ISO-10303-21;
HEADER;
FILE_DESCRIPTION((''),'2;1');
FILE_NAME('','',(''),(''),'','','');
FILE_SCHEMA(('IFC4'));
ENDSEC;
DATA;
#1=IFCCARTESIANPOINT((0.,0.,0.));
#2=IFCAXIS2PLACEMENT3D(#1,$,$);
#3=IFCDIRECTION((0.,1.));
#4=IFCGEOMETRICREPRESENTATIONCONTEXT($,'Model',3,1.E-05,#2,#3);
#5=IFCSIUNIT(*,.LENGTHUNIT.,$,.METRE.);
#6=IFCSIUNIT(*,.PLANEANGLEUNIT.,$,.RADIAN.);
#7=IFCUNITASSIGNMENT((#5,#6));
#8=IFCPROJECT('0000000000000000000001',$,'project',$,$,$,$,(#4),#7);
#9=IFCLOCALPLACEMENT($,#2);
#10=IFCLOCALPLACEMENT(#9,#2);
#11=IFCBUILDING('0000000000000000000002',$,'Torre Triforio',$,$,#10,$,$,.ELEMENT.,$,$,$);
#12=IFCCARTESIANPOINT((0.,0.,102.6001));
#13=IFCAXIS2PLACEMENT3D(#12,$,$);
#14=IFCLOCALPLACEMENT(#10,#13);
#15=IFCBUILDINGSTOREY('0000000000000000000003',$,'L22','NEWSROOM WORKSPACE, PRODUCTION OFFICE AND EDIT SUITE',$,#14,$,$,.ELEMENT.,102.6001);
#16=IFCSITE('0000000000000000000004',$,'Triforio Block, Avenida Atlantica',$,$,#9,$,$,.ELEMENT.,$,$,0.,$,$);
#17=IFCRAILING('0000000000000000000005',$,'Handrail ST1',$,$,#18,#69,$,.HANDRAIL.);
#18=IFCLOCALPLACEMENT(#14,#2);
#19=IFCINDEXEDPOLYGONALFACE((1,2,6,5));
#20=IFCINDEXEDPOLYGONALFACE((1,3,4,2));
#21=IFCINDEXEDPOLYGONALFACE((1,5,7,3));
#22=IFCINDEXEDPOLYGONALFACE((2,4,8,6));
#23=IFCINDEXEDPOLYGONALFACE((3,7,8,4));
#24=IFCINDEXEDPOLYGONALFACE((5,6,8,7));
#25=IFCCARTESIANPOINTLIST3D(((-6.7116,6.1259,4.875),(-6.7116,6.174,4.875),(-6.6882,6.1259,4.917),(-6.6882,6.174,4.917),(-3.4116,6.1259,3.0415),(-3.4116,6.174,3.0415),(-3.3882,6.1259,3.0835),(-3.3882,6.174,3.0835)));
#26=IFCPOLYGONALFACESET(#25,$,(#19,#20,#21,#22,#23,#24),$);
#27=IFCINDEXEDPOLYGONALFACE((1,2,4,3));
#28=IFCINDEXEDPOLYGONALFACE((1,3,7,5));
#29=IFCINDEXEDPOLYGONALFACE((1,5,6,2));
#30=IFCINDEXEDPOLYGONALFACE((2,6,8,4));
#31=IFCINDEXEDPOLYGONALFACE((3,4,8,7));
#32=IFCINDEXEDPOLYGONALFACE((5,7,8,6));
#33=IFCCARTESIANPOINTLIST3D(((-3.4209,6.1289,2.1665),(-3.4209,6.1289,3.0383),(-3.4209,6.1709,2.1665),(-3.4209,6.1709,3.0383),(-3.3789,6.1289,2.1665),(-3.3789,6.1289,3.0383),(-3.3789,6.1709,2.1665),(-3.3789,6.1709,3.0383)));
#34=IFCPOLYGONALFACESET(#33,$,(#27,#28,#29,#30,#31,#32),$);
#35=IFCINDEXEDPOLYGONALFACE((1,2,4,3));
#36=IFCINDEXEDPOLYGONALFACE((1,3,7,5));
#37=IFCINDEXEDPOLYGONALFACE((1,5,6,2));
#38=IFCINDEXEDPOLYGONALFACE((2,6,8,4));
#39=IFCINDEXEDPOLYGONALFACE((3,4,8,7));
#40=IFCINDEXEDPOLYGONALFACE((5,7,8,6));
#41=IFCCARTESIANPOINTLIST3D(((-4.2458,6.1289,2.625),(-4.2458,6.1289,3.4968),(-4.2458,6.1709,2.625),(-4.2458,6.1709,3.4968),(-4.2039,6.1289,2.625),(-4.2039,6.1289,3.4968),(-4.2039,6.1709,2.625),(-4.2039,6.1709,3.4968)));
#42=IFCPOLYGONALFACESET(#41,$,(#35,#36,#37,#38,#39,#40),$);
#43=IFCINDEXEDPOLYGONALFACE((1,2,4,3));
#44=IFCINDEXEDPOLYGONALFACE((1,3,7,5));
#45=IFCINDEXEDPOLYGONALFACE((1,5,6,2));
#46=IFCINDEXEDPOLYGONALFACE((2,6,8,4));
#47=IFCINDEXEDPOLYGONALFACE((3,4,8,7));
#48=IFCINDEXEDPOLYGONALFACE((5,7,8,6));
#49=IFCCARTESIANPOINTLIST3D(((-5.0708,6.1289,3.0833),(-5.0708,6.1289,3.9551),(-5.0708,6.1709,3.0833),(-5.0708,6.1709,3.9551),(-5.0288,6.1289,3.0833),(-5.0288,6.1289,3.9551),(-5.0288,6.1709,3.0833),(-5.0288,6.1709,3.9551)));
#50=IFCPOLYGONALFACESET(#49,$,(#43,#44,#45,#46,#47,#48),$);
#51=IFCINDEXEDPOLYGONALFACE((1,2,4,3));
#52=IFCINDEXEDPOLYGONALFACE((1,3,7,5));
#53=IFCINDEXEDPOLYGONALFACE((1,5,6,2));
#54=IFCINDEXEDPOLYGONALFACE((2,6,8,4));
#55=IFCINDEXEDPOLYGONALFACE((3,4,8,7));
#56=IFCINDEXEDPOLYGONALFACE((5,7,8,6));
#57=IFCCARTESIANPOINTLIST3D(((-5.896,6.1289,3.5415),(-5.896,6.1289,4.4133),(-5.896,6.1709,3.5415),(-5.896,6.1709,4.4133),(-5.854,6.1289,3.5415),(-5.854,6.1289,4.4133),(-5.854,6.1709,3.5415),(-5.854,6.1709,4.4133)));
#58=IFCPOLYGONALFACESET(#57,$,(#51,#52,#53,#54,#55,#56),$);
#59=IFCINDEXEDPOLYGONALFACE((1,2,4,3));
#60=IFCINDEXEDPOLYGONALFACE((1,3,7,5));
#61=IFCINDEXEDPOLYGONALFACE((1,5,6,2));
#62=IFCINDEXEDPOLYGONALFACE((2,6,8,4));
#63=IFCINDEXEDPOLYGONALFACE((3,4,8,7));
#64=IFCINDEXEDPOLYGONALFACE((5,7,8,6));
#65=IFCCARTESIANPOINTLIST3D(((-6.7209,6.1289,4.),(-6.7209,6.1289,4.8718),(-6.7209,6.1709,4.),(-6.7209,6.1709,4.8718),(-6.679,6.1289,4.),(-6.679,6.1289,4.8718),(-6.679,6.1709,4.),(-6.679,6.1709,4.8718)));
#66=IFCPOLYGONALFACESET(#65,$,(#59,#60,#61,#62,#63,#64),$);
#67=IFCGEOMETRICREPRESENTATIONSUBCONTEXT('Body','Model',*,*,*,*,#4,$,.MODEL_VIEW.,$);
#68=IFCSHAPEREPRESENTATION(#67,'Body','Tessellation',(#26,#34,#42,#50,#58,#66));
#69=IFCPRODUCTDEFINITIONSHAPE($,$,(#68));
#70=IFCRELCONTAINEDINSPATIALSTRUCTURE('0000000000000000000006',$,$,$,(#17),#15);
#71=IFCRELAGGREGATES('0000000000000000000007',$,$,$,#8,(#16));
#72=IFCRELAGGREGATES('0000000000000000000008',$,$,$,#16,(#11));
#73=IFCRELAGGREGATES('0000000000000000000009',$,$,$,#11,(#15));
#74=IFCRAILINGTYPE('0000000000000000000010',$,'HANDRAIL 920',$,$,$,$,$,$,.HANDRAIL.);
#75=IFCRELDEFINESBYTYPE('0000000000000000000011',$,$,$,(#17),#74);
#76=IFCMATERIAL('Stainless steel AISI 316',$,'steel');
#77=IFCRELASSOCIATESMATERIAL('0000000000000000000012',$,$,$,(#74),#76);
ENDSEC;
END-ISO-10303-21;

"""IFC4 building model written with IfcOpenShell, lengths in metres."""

from ifc_helpers import new_model, si_unit, direction, frame, origin, origin_2d, place, context, subcontext, project, spatial, rectangle, extrude, material, type_object, element, save


model = new_model("IFC4")

# Units and contexts
model_context = context("Model", 3, precision=1e-05, world=origin(), true_north=direction((0.0, 1.0)))
body_context = subcontext(model_context, "Body", "Model", "MODEL_VIEW")
ifc_project = project(units=[si_unit("LENGTHUNIT", "METRE"), si_unit("PLANEANGLEUNIT", "RADIAN")], contexts=[model_context])

# Site, building, storey
site_placement = place(None, origin())
site = spatial("IfcSite", under=ifc_project, at=site_placement, Name="Triforio Block, Avenida Atlantica", CompositionType="ELEMENT", RefElevation=0.0)
building_placement = place(site_placement, origin())
building = spatial("IfcBuilding", under=site, at=building_placement, Name="Torre Triforio", CompositionType="ELEMENT")
storey_placement = place(building_placement, frame((0.0, 0.0, 102.6001)))
storey = spatial("IfcBuildingStorey", under=building, at=storey_placement, Name="L22", Description="NEWSROOM WORKSPACE, PRODUCTION OFFICE AND EDIT SUITE", CompositionType="ELEMENT", Elevation=102.6001)

# Railing
ifc_material_1 = material(Name="Stainless steel AISI 316", Category="steel")
railing_type = type_object("IfcRailingType", Name="HANDRAIL 920", PredefinedType="HANDRAIL", material=ifc_material_1)
for number, where, name in (
    (1, (-3.3999, 6.1499, 2.1665), "Handrail ST1"),
):
    element("IfcRailing", number, at=place(storey_placement, frame(where)), inside=storey, type_object=railing_type, Name=name, PredefinedType="HANDRAIL", context=body_context, shape_type="SweptSolid", body=[
        extrude(rectangle(XDim=0.0481, YDim=0.0481, at=origin_2d()), frame((0.0, 0.0, 0.896), z_axis=(-0.874142, 0.0, 0.48567), x_axis=(0.0, -1.0, 0.0)), (0.0, 0.0, 1.0), 3.7751),
        extrude(rectangle(XDim=0.042, YDim=0.042, at=origin_2d()), origin(), (0.0, 0.0, 1.0), 0.8718),
        extrude(rectangle(XDim=0.042, YDim=0.042, at=origin_2d()), frame((-0.825, 0.0, 0.4585)), (0.0, 0.0, 1.0), 0.8718),
        extrude(rectangle(XDim=0.042, YDim=0.042, at=origin_2d()), frame((-1.6499, 0.0, 0.9167)), (0.0, 0.0, 1.0), 0.8718),
        extrude(rectangle(XDim=0.042, YDim=0.042, at=origin_2d()), frame((-2.4751, 0.0, 1.375)), (0.0, 0.0, 1.0), 0.8718),
        extrude(rectangle(XDim=0.042, YDim=0.042, at=origin_2d()), frame((-3.3, 0.0, 1.8335)), (0.0, 0.0, 1.0), 0.8718),
    ])

save(model, "model.ifc")
